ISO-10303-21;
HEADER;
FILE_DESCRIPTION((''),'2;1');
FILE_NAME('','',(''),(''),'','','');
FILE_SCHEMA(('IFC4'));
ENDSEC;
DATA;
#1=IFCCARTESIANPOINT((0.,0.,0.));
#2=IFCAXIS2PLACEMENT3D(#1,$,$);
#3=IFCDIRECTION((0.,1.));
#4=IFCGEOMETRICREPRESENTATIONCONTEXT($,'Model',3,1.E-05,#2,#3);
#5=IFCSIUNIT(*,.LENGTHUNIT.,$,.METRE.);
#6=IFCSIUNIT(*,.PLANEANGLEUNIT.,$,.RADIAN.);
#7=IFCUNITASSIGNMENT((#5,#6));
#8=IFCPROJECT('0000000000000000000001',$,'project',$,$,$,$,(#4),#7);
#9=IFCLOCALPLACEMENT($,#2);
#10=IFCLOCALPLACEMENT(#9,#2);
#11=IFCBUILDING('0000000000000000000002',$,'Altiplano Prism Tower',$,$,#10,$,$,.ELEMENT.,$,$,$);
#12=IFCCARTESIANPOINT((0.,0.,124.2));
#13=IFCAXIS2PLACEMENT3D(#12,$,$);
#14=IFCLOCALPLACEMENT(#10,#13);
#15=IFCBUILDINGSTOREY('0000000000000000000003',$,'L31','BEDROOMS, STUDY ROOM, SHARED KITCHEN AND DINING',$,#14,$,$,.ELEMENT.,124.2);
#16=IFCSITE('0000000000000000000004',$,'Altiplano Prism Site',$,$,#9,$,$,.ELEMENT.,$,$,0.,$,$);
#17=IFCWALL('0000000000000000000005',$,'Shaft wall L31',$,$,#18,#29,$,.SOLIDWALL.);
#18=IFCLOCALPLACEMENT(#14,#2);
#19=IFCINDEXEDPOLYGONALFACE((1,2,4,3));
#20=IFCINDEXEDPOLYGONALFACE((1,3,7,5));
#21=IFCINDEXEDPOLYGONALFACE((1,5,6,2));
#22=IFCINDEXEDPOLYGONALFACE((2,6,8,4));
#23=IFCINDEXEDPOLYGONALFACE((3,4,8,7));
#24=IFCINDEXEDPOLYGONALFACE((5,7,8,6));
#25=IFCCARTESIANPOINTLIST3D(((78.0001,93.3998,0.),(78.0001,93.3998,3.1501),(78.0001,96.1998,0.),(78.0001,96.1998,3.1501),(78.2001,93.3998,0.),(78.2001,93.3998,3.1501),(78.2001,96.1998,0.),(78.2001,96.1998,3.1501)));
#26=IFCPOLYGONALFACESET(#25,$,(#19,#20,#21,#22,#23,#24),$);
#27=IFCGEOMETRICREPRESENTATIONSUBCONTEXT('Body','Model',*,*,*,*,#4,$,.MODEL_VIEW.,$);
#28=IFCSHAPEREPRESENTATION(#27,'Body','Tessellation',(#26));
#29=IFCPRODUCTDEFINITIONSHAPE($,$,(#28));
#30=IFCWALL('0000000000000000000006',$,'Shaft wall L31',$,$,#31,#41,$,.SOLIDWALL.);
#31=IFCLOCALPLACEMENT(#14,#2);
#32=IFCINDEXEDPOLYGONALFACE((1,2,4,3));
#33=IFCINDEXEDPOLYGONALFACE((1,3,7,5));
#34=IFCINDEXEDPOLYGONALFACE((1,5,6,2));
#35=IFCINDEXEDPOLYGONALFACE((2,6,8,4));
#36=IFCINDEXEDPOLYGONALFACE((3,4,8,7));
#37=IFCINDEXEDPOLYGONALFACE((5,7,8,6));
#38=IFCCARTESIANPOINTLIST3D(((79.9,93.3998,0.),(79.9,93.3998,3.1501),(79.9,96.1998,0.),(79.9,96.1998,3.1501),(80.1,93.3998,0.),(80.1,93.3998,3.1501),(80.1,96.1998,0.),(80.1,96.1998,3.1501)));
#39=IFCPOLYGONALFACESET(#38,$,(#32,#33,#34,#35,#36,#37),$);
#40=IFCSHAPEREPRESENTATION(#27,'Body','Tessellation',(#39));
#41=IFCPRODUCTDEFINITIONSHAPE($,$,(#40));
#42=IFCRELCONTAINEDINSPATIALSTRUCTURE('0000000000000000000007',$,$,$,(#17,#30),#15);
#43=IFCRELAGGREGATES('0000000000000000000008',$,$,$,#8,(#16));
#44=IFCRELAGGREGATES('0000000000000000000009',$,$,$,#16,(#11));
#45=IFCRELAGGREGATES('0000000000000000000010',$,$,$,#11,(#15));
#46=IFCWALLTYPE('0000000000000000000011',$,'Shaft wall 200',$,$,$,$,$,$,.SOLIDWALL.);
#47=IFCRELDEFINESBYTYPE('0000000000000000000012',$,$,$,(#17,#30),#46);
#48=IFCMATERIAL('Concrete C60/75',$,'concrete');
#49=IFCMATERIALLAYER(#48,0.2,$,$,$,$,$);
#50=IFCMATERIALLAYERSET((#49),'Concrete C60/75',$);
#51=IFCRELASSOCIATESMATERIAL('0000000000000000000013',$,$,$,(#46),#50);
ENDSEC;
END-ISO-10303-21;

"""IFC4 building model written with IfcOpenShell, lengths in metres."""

from ifc_helpers import new_model, si_unit, direction, frame, frame_2d, origin, place, context, subcontext, project, spatial, rectangle, extrude, material, layer, layer_set, type_object, element, save


model = new_model("IFC4")

# Units and contexts
model_context = context("Model", 3, precision=1e-05, world=origin(), true_north=direction((0.0, 1.0)))
body_context = subcontext(model_context, "Body", "Model", "MODEL_VIEW")
ifc_project = project(units=[si_unit("LENGTHUNIT", "METRE"), si_unit("PLANEANGLEUNIT", "RADIAN")], contexts=[model_context])

# Site, building, storey
site_placement = place(None, origin())
site = spatial("IfcSite", under=ifc_project, at=site_placement, Name="Altiplano Prism Site", CompositionType="ELEMENT", RefElevation=0.0)
building_placement = place(site_placement, origin())
building = spatial("IfcBuilding", under=site, at=building_placement, Name="Altiplano Prism Tower", CompositionType="ELEMENT")
storey_placement = place(building_placement, frame((0.0, 0.0, 124.2)))
storey = spatial("IfcBuildingStorey", under=building, at=storey_placement, Name="L31", Description="BEDROOMS, STUDY ROOM, SHARED KITCHEN AND DINING", CompositionType="ELEMENT", Elevation=124.2)

# Shared definitions
ifc_material_1 = material(Name="Concrete C60/75", Category="concrete")

# Walls
ifc_layer_1 = layer(ifc_material_1, 0.2)
ifc_layer_set_1 = layer_set([ifc_layer_1], Name="Concrete C60/75")
wall_type_1 = type_object("IfcWallType", Name="Shaft wall 200", PredefinedType="SOLIDWALL", material=ifc_layer_set_1)
for number, where, z_axis, x_axis, name in (
    (1, (78.1001, 93.3999, 0.0), (0.0, 0.0, 1.0), (0.0, 1.0, 0.0), "Shaft wall L31"),
    (2, (80.0, 93.3999, 0.0), (0.0, 0.0, 1.0), (0.0, 1.0, 0.0), "Shaft wall L31"),
):
    element("IfcWall", number, at=place(storey_placement, frame(where, z_axis=z_axis, x_axis=x_axis)), inside=storey, type_object=wall_type_1, Name=name, PredefinedType="SOLIDWALL", context=body_context, shape_type="SweptSolid", body=[
        extrude(rectangle(XDim=2.8, YDim=0.2, at=frame_2d((1.3999, 0.0))), origin(), (0.0, 0.0, 1.0), 3.1501),
    ])

save(model, "model.ifc")
